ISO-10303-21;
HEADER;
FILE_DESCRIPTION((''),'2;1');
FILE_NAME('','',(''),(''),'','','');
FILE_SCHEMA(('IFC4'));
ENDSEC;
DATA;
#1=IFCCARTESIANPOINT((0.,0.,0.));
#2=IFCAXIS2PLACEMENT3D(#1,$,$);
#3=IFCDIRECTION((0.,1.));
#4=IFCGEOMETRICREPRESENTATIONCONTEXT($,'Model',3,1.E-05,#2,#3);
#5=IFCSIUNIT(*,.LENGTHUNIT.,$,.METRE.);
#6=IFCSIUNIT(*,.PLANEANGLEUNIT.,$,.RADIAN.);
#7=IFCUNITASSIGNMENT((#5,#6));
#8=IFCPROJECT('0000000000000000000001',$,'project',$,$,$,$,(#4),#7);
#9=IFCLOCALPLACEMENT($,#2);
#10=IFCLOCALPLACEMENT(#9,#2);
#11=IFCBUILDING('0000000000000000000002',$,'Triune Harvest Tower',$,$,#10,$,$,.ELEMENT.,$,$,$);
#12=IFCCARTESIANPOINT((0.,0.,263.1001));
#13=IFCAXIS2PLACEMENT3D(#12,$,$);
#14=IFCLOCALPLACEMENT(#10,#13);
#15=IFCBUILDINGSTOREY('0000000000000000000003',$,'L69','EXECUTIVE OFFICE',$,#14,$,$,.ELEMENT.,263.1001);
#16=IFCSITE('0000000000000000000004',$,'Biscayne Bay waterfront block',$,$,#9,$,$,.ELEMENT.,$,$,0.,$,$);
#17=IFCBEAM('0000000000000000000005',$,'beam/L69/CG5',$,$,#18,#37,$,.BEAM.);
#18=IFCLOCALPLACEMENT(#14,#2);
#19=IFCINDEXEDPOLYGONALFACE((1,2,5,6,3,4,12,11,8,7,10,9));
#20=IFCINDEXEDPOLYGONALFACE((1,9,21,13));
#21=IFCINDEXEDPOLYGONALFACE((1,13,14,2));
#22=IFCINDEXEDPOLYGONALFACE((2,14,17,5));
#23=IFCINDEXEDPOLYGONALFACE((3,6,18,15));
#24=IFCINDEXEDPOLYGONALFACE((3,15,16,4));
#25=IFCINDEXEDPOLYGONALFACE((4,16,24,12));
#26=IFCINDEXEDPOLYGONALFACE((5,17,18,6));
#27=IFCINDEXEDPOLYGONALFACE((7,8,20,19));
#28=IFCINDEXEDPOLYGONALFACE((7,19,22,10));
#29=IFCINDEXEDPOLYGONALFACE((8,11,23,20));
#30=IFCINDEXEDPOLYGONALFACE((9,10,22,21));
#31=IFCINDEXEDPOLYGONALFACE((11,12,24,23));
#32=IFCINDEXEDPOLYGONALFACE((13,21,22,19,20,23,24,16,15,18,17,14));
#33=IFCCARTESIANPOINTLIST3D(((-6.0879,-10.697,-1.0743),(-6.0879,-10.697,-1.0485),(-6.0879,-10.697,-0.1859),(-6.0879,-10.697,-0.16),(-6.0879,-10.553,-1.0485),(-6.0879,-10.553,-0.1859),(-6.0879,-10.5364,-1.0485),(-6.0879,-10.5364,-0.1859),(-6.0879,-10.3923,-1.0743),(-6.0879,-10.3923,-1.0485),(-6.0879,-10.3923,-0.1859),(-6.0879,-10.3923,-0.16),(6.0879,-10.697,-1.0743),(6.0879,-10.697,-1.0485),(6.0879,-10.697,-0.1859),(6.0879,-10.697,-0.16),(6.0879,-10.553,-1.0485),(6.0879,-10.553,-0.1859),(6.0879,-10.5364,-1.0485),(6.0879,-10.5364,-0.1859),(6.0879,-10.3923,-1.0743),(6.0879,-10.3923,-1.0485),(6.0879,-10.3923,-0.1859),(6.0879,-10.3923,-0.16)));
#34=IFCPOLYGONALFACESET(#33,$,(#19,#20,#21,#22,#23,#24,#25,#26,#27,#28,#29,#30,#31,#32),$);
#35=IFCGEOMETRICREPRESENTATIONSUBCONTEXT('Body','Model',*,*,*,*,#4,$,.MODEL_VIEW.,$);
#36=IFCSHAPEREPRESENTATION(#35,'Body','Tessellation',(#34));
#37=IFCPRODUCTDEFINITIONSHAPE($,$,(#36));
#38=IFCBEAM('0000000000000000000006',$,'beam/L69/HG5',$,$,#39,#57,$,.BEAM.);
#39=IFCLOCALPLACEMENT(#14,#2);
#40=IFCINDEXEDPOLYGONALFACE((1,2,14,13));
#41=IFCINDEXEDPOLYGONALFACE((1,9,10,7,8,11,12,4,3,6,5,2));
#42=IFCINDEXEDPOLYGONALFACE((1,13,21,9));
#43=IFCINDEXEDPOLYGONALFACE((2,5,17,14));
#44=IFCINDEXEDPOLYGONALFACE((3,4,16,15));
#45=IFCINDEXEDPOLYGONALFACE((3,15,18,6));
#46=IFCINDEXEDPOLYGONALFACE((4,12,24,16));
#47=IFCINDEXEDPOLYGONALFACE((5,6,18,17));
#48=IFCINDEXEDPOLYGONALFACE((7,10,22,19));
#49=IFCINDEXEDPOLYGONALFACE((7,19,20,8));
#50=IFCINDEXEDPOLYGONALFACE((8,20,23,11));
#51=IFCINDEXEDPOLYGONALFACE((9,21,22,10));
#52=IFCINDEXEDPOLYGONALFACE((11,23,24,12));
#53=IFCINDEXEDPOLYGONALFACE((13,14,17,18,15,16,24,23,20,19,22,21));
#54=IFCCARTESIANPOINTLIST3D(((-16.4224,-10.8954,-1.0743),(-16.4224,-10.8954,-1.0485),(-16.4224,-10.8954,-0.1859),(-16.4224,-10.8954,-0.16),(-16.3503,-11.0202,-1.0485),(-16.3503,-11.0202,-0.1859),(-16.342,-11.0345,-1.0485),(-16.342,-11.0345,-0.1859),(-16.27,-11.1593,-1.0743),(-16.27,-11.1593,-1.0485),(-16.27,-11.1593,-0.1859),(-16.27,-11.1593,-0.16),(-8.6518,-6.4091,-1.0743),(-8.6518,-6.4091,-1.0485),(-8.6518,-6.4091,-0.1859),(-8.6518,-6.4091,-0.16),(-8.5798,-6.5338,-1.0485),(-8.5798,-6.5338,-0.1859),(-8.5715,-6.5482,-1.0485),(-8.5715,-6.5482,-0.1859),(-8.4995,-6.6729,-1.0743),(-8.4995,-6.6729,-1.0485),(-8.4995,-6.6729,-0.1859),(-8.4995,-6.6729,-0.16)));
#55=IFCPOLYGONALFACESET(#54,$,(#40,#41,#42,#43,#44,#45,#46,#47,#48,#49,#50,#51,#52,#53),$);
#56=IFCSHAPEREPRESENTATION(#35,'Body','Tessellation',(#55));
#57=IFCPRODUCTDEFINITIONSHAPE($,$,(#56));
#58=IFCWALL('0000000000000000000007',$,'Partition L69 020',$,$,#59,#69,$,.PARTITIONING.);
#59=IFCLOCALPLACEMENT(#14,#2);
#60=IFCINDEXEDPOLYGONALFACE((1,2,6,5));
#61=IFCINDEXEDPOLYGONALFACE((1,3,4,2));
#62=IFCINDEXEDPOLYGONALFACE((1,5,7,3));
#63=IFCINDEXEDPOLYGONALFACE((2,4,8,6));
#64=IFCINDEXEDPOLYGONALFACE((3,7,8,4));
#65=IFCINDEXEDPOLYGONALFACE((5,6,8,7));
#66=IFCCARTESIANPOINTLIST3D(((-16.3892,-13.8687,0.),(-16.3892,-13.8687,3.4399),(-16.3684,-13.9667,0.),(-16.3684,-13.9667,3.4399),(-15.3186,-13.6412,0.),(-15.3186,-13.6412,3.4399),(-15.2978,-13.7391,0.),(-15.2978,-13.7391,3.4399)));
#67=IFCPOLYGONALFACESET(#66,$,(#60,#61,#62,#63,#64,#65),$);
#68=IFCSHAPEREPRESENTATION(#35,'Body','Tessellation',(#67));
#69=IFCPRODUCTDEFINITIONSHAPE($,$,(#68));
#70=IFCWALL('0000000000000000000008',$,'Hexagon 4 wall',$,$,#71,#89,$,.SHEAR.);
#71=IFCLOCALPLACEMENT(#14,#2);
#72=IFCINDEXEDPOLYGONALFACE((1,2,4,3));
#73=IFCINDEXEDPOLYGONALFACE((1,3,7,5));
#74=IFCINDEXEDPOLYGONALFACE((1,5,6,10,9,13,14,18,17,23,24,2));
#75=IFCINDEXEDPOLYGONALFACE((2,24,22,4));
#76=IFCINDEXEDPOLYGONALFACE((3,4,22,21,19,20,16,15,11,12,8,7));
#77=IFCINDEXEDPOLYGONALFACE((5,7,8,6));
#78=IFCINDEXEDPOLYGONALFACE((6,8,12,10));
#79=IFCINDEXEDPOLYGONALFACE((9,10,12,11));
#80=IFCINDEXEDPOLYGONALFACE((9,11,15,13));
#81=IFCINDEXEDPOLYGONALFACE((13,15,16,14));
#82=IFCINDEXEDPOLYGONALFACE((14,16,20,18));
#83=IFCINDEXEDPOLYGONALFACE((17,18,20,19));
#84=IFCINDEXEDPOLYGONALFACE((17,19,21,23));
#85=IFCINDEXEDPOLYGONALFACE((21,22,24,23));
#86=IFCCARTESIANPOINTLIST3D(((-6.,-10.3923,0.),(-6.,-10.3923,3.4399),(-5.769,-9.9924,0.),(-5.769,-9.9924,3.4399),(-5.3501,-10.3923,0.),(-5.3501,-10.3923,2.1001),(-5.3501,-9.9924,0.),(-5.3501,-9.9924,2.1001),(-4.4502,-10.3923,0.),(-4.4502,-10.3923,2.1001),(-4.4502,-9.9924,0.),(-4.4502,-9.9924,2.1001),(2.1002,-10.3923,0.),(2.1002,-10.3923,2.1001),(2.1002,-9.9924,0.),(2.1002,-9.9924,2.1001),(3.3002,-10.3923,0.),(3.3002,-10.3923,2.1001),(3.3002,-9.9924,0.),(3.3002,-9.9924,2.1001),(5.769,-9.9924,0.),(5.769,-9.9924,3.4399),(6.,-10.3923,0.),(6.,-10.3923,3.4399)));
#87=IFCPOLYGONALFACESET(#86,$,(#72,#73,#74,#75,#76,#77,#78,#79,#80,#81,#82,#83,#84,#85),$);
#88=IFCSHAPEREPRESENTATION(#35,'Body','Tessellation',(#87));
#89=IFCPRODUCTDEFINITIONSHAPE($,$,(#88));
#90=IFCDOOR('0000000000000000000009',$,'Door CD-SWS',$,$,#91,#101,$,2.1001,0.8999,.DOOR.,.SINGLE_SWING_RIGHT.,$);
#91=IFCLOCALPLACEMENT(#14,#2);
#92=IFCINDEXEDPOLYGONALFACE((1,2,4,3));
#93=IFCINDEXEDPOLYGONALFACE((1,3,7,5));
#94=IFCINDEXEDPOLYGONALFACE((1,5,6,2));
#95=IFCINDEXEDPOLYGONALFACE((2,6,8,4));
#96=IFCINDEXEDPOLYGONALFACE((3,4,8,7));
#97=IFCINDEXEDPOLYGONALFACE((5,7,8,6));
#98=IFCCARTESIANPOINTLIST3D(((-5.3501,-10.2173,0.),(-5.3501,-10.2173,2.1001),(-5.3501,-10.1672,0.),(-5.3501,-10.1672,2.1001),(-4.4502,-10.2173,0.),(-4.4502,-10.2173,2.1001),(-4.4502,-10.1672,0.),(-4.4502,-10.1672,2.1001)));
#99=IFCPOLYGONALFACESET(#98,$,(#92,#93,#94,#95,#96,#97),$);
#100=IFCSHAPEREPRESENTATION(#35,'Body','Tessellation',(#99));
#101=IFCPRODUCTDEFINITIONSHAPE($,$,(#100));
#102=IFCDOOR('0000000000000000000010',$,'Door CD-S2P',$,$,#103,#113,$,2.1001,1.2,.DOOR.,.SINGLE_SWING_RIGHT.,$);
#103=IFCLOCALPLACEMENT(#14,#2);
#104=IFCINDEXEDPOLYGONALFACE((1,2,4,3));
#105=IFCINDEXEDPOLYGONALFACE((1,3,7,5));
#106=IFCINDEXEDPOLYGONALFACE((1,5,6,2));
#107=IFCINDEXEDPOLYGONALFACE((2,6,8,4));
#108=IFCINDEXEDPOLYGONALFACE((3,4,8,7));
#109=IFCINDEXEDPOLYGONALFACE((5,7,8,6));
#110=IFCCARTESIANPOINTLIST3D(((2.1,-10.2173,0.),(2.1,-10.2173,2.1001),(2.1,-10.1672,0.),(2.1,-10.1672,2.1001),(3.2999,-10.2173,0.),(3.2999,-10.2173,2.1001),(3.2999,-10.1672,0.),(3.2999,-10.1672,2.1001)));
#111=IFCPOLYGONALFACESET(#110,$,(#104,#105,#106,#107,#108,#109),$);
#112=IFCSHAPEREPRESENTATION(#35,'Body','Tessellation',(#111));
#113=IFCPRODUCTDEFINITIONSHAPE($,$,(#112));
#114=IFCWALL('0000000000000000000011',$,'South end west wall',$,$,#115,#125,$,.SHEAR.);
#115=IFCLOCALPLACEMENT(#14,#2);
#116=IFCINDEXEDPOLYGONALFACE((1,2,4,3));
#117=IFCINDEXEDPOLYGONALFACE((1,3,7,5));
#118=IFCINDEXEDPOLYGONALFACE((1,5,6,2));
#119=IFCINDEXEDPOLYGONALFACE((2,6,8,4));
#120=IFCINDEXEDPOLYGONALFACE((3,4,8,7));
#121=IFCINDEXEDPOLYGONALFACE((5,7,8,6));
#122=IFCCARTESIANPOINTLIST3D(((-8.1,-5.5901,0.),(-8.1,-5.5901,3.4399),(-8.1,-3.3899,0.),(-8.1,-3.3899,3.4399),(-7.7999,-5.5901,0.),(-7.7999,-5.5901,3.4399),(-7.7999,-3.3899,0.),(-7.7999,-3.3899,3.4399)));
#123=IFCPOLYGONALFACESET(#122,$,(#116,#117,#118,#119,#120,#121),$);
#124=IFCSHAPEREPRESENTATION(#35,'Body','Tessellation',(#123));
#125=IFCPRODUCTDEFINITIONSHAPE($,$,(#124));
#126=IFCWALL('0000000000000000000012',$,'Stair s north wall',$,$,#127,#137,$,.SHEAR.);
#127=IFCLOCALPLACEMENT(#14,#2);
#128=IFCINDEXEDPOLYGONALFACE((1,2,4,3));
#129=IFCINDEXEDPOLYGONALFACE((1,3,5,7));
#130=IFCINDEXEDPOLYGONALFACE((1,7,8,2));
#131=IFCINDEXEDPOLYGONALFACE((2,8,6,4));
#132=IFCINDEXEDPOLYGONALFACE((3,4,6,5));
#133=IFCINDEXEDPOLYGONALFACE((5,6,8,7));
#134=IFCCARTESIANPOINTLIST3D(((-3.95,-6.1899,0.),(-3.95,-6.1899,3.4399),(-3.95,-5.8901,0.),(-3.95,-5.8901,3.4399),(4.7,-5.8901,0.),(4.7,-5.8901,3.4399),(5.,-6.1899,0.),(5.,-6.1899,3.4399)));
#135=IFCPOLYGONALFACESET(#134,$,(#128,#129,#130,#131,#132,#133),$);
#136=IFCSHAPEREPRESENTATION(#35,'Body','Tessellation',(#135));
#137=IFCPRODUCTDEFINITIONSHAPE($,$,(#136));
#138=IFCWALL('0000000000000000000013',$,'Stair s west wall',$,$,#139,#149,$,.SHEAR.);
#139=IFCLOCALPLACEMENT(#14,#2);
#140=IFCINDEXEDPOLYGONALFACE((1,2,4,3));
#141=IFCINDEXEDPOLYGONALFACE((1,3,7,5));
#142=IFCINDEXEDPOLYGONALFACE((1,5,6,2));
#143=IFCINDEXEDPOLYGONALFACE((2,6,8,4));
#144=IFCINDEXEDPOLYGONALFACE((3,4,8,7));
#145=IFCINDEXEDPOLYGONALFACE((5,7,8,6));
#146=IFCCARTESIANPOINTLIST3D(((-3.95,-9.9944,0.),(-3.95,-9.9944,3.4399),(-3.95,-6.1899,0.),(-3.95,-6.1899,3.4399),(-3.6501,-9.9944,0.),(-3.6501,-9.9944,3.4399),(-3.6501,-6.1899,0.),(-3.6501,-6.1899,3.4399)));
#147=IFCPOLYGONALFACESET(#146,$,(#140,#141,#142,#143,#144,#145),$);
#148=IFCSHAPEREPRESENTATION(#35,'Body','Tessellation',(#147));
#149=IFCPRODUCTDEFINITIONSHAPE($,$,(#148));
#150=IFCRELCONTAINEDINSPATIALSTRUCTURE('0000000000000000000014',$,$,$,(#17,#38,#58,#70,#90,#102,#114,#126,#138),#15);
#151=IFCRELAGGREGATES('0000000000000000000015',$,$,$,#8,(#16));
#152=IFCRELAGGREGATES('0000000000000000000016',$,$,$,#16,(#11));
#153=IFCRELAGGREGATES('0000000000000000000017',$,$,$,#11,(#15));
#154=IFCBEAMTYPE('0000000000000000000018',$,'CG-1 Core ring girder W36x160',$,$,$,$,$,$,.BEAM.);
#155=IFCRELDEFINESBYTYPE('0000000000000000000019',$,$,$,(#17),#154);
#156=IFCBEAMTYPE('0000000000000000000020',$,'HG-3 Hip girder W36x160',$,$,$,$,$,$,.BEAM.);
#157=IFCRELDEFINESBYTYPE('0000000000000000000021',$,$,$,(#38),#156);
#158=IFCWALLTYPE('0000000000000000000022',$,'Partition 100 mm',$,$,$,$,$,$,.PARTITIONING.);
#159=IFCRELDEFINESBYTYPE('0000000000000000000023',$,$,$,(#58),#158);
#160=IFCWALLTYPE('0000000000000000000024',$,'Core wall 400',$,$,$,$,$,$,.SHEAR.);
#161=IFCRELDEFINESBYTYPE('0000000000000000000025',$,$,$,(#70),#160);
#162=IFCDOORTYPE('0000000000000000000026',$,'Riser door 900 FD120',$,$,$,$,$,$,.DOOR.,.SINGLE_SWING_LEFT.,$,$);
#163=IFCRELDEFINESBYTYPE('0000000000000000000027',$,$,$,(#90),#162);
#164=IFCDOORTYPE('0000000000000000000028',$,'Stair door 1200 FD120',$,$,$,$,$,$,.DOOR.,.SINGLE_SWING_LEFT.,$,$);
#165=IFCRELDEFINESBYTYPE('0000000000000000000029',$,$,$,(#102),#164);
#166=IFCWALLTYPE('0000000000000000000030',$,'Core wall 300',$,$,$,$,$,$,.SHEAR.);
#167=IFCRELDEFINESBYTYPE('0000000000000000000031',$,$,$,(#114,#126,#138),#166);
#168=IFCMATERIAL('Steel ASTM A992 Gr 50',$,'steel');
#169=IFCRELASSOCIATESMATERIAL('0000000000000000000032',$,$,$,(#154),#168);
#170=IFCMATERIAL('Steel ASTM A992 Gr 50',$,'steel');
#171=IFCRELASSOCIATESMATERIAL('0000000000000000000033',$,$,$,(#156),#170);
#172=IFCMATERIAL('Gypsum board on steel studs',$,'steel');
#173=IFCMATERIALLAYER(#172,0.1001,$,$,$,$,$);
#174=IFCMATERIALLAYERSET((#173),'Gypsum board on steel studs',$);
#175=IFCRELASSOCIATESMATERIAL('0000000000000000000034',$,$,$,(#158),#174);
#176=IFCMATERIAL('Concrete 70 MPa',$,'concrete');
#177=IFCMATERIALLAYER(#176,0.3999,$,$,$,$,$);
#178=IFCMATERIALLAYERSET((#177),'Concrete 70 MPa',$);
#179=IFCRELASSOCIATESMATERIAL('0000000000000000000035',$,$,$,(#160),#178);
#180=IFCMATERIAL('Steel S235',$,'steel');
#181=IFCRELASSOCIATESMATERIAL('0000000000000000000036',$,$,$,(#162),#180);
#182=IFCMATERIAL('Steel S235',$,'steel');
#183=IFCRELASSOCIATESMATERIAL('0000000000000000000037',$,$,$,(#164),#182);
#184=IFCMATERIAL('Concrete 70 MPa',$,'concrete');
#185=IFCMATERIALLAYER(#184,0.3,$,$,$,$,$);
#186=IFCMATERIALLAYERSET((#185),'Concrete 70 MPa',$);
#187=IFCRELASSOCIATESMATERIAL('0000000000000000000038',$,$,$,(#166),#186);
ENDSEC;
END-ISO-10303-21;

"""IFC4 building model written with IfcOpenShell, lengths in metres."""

from ifc_helpers import new_model, si_unit, direction, frame, frame_2d, origin, origin_2d, place, context, subcontext, project, spatial, polyline, rectangle, i_section, outline, extrude, source, transform, mapped, material, layer, layer_set, material_profile, profile_set, type_object, element, fill, save


model = new_model("IFC4")

# Units and contexts
model_context = context("Model", 3, precision=1e-05, world=origin(), true_north=direction((0.0, 1.0)))
body_context = subcontext(model_context, "Body", "Model", "MODEL_VIEW")
ifc_project = project(units=[si_unit("LENGTHUNIT", "METRE"), si_unit("PLANEANGLEUNIT", "RADIAN")], contexts=[model_context])

# Site, building, storey
site_placement = place(None, origin())
site = spatial("IfcSite", under=ifc_project, at=site_placement, Name="Biscayne Bay waterfront block", CompositionType="ELEMENT", RefElevation=0.0)
building_placement = place(site_placement, origin())
building = spatial("IfcBuilding", under=site, at=building_placement, Name="Triune Harvest Tower", CompositionType="ELEMENT")
storey_placement = place(building_placement, frame((0.0, 0.0, 263.1001)))
storey = spatial("IfcBuildingStorey", under=building, at=storey_placement, Name="L69", Description="EXECUTIVE OFFICE", CompositionType="ELEMENT", Elevation=263.1001)

# Beams
ifc_material_1 = material(Name="Steel ASTM A992 Gr 50", Category="steel")
ifc_material_profile_1 = material_profile(ifc_material_1, i_section(OverallWidth=0.3047, OverallDepth=0.9143, WebThickness=0.0166, FlangeThickness=0.0259, at=origin_2d()), Name="W36x160")
ifc_profile_set_1 = profile_set([ifc_material_profile_1], Name="Steel ASTM A992 Gr 50")
beam_type_1 = type_object("IfcBeamType", Name="CG-1 Core ring girder W36x160", PredefinedType="BEAM", material=ifc_profile_set_1)
shared_shape_1 = source(origin(), body_context, "Body", "SweptSolid", [
    extrude(i_section(OverallWidth=0.3047, OverallDepth=0.9143, WebThickness=0.0166, FlangeThickness=0.0259, at=origin_2d()), origin(), (0.0, 0.0, 1.0), 12.1758),
])
beam_1_placement = place(storey_placement, frame((-6.0879, -10.5447, -0.6172), z_axis=(1.0, 0.0, 0.0), x_axis=(0.0, 1.0, 0.0)))
element("IfcBeam", 1, at=beam_1_placement, inside=storey, type_object=beam_type_1, Name="beam/L69/CG5", PredefinedType="BEAM", context=body_context, shape_type="MappedRepresentation", body=[
    mapped(shared_shape_1, transform((0.0, 0.0, 0.0), scale=1.0)),
])
ifc_material_2 = material(Name="Steel ASTM A992 Gr 50", Category="steel")
ifc_material_profile_2 = material_profile(ifc_material_2, i_section(OverallWidth=0.3047, OverallDepth=0.9143, WebThickness=0.0166, FlangeThickness=0.0259, at=origin_2d()), Name="W36x160")
ifc_profile_set_2 = profile_set([ifc_material_profile_2], Name="Steel ASTM A992 Gr 50")
beam_type_2 = type_object("IfcBeamType", Name="HG-3 Hip girder W36x160", PredefinedType="BEAM", material=ifc_profile_set_2)
shared_shape_2 = source(origin(), body_context, "Body", "SweptSolid", [
    extrude(i_section(OverallWidth=0.3047, OverallDepth=0.9143, WebThickness=0.0166, FlangeThickness=0.0259, at=origin_2d()), origin(), (0.0, 0.0, 1.0), 8.9727),
])
beam_2_placement = place(storey_placement, frame((-16.3462, -11.0273, -0.6172), z_axis=(0.866024, 0.500002, 0.0), x_axis=(-0.500002, 0.866024, 0.0)))
element("IfcBeam", 2, at=beam_2_placement, inside=storey, type_object=beam_type_2, Name="beam/L69/HG5", PredefinedType="BEAM", context=body_context, shape_type="MappedRepresentation", body=[
    mapped(shared_shape_2, transform((0.0, 0.0, 0.0), scale=1.0)),
])

# Wall
ifc_material_3 = material(Name="Gypsum board on steel studs", Category="steel")
ifc_layer_1 = layer(ifc_material_3, 0.1001)
ifc_layer_set_1 = layer_set([ifc_layer_1], Name="Gypsum board on steel studs")
wall_type_1 = type_object("IfcWallType", Name="Partition 100 mm", PredefinedType="PARTITIONING", material=ifc_layer_set_1)
wall_1_placement = place(storey_placement, frame((-16.3789, -13.9177, 0.0), z_axis=(0.0, 0.0, 1.0), x_axis=(0.97815, 0.207899, 0.0)))
element("IfcWall", 3, at=wall_1_placement, inside=storey, type_object=wall_type_1, Name="Partition L69 020", PredefinedType="PARTITIONING", context=body_context, shape_type="SweptSolid", body=[
    extrude(rectangle(XDim=1.0945, YDim=0.1001, at=frame_2d((0.5474, 0.0))), origin(), (0.0, 0.0, 1.0), 3.4399),
])

# Wall, openings, doors
ifc_material_4 = material(Name="Concrete 70 MPa", Category="concrete")
ifc_layer_2 = layer(ifc_material_4, 0.3999)
ifc_layer_set_2 = layer_set([ifc_layer_2], Name="Concrete 70 MPa")
wall_type_2 = type_object("IfcWallType", Name="Core wall 400", PredefinedType="SHEAR", material=ifc_layer_set_2)
shared_shape_3 = source(origin(), body_context, "Body", "SweptSolid", [
    extrude(outline(polyline([(-0.1155, -0.2), (11.8845, -0.2), (11.6536, 0.2), (0.1155, 0.2), (-0.1155, -0.2)])), origin(), (0.0, 0.0, 1.0), 3.4399),
])
wall_2_placement = place(storey_placement, frame((-5.8845, -10.1924, 0.0), z_axis=(0.0, 0.0, 1.0), x_axis=(1.0, 0.0, 0.0)))
wall_2 = element("IfcWall", 4, at=wall_2_placement, inside=storey, type_object=wall_type_2, Name="Hexagon 4 wall", PredefinedType="SHEAR", context=body_context, shape_type="MappedRepresentation", body=[
    mapped(shared_shape_3, transform((0.0, 0.0, 0.0), scale=1.0)),
])
opening_1_placement = place(wall_2_placement, frame((7.9846, 0.0, 0.0)))
opening_1 = element("IfcOpeningElement", 5, at=opening_1_placement, cuts=wall_2, PredefinedType="OPENING", context=body_context, shape_type="SweptSolid", body=[
    extrude(rectangle(XDim=1.2, YDim=2.1001, at=frame_2d((0.6001, 1.05))), frame((0.0, 0.21, 0.0), z_axis=(0.0, -1.0, 0.0), x_axis=(1.0, 0.0, 0.0)), (0.0, 0.0, 1.0), 0.4199),
])
opening_2_placement = place(wall_2_placement, frame((0.5344, 0.0, 0.0)))
opening_2 = element("IfcOpeningElement", 6, at=opening_2_placement, cuts=wall_2, PredefinedType="OPENING", context=body_context, shape_type="SweptSolid", body=[
    extrude(rectangle(XDim=0.8999, YDim=2.1001, at=frame_2d((0.45, 1.05))), frame((0.0, 0.21, 0.0), z_axis=(0.0, -1.0, 0.0), x_axis=(1.0, 0.0, 0.0)), (0.0, 0.0, 1.0), 0.4199),
])
ifc_material_5 = material(Name="Steel S235", Category="steel")
door_type_1 = type_object("IfcDoorType", Name="Riser door 900 FD120", OperationType="SINGLE_SWING_LEFT", PredefinedType="DOOR", material=ifc_material_5)
door_1_placement = place(opening_2_placement, frame((0.8999, 0.0, 0.0), z_axis=(0.0, 0.0, 1.0), x_axis=(-1.0, 0.0, 0.0)))
door_1 = element("IfcDoor", 7, at=door_1_placement, inside=storey, type_object=door_type_1, Name="Door CD-SWS", OperationType="SINGLE_SWING_RIGHT", OverallHeight=2.1001, OverallWidth=0.8999, PredefinedType="DOOR", context=body_context, shape_type="SweptSolid", body=[
    extrude(rectangle(XDim=0.8999, YDim=2.1001, at=frame_2d((0.45, 1.05))), frame((0.0, 0.0249, 0.0), z_axis=(0.0, -1.0, 0.0), x_axis=(1.0, 0.0, 0.0)), (0.0, 0.0, 1.0), 0.05),
])
fill(opening_2, door_1)
ifc_material_6 = material(Name="Steel S235", Category="steel")
door_type_2 = type_object("IfcDoorType", Name="Stair door 1200 FD120", OperationType="SINGLE_SWING_LEFT", PredefinedType="DOOR", material=ifc_material_6)
door_2_placement = place(opening_1_placement, frame((1.2, 0.0, 0.0), z_axis=(0.0, 0.0, 1.0), x_axis=(-1.0, 0.0, 0.0)))
door_2 = element("IfcDoor", 8, at=door_2_placement, inside=storey, type_object=door_type_2, Name="Door CD-S2P", OperationType="SINGLE_SWING_RIGHT", OverallHeight=2.1001, OverallWidth=1.2, PredefinedType="DOOR", context=body_context, shape_type="SweptSolid", body=[
    extrude(rectangle(XDim=1.2, YDim=2.1001, at=frame_2d((0.6001, 1.05))), frame((0.0, 0.0249, 0.0), z_axis=(0.0, -1.0, 0.0), x_axis=(1.0, 0.0, 0.0)), (0.0, 0.0, 1.0), 0.05),
])
fill(opening_1, door_2)

# Walls
ifc_material_7 = material(Name="Concrete 70 MPa", Category="concrete")
ifc_layer_3 = layer(ifc_material_7, 0.3)
ifc_layer_set_3 = layer_set([ifc_layer_3], Name="Concrete 70 MPa")
wall_type_3 = type_object("IfcWallType", Name="Core wall 300", PredefinedType="SHEAR", material=ifc_layer_set_3)
shared_shape_4 = source(origin(), body_context, "Body", "SweptSolid", [
    extrude(rectangle(XDim=2.2002, YDim=0.3, at=frame_2d((1.1001, 0.0))), origin(), (0.0, 0.0, 1.0), 3.4399),
])
wall_3_placement = place(storey_placement, frame((-7.95, -5.5901, 0.0), z_axis=(0.0, 0.0, 1.0), x_axis=(0.0, 1.0, 0.0)))
element("IfcWall", 9, at=wall_3_placement, inside=storey, type_object=wall_type_3, Name="South end west wall", PredefinedType="SHEAR", context=body_context, shape_type="MappedRepresentation", body=[
    mapped(shared_shape_4, transform((0.0, 0.0, 0.0), scale=1.0)),
])
shared_shape_5 = source(origin(), body_context, "Body", "SweptSolid", [
    extrude(outline(polyline([(0.0, -0.1499), (8.95, -0.1499), (8.6499, 0.1499), (0.0, 0.1499), (0.0, -0.1499)])), origin(), (0.0, 0.0, 1.0), 3.4399),
])
wall_4_placement = place(storey_placement, frame((-3.95, -6.04, 0.0), z_axis=(0.0, 0.0, 1.0), x_axis=(1.0, 0.0, 0.0)))
element("IfcWall", 10, at=wall_4_placement, inside=storey, type_object=wall_type_3, Name="Stair s north wall", PredefinedType="SHEAR", context=body_context, shape_type="MappedRepresentation", body=[
    mapped(shared_shape_5, transform((0.0, 0.0, 0.0), scale=1.0)),
])
shared_shape_6 = source(origin(), body_context, "Body", "SweptSolid", [
    extrude(outline(polyline([(3.8, -0.1499), (-0.0044, -0.1499), (-0.0044, 0.1499), (3.8, 0.1499), (3.8, -0.1499)])), origin(), (0.0, 0.0, 1.0), 3.4399),
])
wall_5_placement = place(storey_placement, frame((-3.8, -9.99, 0.0), z_axis=(0.0, 0.0, 1.0), x_axis=(0.0, 1.0, 0.0)))
element("IfcWall", 11, at=wall_5_placement, inside=storey, type_object=wall_type_3, Name="Stair s west wall", PredefinedType="SHEAR", context=body_context, shape_type="MappedRepresentation", body=[
    mapped(shared_shape_6, transform((0.0, 0.0, 0.0), scale=1.0)),
])

save(model, "model.ifc")
